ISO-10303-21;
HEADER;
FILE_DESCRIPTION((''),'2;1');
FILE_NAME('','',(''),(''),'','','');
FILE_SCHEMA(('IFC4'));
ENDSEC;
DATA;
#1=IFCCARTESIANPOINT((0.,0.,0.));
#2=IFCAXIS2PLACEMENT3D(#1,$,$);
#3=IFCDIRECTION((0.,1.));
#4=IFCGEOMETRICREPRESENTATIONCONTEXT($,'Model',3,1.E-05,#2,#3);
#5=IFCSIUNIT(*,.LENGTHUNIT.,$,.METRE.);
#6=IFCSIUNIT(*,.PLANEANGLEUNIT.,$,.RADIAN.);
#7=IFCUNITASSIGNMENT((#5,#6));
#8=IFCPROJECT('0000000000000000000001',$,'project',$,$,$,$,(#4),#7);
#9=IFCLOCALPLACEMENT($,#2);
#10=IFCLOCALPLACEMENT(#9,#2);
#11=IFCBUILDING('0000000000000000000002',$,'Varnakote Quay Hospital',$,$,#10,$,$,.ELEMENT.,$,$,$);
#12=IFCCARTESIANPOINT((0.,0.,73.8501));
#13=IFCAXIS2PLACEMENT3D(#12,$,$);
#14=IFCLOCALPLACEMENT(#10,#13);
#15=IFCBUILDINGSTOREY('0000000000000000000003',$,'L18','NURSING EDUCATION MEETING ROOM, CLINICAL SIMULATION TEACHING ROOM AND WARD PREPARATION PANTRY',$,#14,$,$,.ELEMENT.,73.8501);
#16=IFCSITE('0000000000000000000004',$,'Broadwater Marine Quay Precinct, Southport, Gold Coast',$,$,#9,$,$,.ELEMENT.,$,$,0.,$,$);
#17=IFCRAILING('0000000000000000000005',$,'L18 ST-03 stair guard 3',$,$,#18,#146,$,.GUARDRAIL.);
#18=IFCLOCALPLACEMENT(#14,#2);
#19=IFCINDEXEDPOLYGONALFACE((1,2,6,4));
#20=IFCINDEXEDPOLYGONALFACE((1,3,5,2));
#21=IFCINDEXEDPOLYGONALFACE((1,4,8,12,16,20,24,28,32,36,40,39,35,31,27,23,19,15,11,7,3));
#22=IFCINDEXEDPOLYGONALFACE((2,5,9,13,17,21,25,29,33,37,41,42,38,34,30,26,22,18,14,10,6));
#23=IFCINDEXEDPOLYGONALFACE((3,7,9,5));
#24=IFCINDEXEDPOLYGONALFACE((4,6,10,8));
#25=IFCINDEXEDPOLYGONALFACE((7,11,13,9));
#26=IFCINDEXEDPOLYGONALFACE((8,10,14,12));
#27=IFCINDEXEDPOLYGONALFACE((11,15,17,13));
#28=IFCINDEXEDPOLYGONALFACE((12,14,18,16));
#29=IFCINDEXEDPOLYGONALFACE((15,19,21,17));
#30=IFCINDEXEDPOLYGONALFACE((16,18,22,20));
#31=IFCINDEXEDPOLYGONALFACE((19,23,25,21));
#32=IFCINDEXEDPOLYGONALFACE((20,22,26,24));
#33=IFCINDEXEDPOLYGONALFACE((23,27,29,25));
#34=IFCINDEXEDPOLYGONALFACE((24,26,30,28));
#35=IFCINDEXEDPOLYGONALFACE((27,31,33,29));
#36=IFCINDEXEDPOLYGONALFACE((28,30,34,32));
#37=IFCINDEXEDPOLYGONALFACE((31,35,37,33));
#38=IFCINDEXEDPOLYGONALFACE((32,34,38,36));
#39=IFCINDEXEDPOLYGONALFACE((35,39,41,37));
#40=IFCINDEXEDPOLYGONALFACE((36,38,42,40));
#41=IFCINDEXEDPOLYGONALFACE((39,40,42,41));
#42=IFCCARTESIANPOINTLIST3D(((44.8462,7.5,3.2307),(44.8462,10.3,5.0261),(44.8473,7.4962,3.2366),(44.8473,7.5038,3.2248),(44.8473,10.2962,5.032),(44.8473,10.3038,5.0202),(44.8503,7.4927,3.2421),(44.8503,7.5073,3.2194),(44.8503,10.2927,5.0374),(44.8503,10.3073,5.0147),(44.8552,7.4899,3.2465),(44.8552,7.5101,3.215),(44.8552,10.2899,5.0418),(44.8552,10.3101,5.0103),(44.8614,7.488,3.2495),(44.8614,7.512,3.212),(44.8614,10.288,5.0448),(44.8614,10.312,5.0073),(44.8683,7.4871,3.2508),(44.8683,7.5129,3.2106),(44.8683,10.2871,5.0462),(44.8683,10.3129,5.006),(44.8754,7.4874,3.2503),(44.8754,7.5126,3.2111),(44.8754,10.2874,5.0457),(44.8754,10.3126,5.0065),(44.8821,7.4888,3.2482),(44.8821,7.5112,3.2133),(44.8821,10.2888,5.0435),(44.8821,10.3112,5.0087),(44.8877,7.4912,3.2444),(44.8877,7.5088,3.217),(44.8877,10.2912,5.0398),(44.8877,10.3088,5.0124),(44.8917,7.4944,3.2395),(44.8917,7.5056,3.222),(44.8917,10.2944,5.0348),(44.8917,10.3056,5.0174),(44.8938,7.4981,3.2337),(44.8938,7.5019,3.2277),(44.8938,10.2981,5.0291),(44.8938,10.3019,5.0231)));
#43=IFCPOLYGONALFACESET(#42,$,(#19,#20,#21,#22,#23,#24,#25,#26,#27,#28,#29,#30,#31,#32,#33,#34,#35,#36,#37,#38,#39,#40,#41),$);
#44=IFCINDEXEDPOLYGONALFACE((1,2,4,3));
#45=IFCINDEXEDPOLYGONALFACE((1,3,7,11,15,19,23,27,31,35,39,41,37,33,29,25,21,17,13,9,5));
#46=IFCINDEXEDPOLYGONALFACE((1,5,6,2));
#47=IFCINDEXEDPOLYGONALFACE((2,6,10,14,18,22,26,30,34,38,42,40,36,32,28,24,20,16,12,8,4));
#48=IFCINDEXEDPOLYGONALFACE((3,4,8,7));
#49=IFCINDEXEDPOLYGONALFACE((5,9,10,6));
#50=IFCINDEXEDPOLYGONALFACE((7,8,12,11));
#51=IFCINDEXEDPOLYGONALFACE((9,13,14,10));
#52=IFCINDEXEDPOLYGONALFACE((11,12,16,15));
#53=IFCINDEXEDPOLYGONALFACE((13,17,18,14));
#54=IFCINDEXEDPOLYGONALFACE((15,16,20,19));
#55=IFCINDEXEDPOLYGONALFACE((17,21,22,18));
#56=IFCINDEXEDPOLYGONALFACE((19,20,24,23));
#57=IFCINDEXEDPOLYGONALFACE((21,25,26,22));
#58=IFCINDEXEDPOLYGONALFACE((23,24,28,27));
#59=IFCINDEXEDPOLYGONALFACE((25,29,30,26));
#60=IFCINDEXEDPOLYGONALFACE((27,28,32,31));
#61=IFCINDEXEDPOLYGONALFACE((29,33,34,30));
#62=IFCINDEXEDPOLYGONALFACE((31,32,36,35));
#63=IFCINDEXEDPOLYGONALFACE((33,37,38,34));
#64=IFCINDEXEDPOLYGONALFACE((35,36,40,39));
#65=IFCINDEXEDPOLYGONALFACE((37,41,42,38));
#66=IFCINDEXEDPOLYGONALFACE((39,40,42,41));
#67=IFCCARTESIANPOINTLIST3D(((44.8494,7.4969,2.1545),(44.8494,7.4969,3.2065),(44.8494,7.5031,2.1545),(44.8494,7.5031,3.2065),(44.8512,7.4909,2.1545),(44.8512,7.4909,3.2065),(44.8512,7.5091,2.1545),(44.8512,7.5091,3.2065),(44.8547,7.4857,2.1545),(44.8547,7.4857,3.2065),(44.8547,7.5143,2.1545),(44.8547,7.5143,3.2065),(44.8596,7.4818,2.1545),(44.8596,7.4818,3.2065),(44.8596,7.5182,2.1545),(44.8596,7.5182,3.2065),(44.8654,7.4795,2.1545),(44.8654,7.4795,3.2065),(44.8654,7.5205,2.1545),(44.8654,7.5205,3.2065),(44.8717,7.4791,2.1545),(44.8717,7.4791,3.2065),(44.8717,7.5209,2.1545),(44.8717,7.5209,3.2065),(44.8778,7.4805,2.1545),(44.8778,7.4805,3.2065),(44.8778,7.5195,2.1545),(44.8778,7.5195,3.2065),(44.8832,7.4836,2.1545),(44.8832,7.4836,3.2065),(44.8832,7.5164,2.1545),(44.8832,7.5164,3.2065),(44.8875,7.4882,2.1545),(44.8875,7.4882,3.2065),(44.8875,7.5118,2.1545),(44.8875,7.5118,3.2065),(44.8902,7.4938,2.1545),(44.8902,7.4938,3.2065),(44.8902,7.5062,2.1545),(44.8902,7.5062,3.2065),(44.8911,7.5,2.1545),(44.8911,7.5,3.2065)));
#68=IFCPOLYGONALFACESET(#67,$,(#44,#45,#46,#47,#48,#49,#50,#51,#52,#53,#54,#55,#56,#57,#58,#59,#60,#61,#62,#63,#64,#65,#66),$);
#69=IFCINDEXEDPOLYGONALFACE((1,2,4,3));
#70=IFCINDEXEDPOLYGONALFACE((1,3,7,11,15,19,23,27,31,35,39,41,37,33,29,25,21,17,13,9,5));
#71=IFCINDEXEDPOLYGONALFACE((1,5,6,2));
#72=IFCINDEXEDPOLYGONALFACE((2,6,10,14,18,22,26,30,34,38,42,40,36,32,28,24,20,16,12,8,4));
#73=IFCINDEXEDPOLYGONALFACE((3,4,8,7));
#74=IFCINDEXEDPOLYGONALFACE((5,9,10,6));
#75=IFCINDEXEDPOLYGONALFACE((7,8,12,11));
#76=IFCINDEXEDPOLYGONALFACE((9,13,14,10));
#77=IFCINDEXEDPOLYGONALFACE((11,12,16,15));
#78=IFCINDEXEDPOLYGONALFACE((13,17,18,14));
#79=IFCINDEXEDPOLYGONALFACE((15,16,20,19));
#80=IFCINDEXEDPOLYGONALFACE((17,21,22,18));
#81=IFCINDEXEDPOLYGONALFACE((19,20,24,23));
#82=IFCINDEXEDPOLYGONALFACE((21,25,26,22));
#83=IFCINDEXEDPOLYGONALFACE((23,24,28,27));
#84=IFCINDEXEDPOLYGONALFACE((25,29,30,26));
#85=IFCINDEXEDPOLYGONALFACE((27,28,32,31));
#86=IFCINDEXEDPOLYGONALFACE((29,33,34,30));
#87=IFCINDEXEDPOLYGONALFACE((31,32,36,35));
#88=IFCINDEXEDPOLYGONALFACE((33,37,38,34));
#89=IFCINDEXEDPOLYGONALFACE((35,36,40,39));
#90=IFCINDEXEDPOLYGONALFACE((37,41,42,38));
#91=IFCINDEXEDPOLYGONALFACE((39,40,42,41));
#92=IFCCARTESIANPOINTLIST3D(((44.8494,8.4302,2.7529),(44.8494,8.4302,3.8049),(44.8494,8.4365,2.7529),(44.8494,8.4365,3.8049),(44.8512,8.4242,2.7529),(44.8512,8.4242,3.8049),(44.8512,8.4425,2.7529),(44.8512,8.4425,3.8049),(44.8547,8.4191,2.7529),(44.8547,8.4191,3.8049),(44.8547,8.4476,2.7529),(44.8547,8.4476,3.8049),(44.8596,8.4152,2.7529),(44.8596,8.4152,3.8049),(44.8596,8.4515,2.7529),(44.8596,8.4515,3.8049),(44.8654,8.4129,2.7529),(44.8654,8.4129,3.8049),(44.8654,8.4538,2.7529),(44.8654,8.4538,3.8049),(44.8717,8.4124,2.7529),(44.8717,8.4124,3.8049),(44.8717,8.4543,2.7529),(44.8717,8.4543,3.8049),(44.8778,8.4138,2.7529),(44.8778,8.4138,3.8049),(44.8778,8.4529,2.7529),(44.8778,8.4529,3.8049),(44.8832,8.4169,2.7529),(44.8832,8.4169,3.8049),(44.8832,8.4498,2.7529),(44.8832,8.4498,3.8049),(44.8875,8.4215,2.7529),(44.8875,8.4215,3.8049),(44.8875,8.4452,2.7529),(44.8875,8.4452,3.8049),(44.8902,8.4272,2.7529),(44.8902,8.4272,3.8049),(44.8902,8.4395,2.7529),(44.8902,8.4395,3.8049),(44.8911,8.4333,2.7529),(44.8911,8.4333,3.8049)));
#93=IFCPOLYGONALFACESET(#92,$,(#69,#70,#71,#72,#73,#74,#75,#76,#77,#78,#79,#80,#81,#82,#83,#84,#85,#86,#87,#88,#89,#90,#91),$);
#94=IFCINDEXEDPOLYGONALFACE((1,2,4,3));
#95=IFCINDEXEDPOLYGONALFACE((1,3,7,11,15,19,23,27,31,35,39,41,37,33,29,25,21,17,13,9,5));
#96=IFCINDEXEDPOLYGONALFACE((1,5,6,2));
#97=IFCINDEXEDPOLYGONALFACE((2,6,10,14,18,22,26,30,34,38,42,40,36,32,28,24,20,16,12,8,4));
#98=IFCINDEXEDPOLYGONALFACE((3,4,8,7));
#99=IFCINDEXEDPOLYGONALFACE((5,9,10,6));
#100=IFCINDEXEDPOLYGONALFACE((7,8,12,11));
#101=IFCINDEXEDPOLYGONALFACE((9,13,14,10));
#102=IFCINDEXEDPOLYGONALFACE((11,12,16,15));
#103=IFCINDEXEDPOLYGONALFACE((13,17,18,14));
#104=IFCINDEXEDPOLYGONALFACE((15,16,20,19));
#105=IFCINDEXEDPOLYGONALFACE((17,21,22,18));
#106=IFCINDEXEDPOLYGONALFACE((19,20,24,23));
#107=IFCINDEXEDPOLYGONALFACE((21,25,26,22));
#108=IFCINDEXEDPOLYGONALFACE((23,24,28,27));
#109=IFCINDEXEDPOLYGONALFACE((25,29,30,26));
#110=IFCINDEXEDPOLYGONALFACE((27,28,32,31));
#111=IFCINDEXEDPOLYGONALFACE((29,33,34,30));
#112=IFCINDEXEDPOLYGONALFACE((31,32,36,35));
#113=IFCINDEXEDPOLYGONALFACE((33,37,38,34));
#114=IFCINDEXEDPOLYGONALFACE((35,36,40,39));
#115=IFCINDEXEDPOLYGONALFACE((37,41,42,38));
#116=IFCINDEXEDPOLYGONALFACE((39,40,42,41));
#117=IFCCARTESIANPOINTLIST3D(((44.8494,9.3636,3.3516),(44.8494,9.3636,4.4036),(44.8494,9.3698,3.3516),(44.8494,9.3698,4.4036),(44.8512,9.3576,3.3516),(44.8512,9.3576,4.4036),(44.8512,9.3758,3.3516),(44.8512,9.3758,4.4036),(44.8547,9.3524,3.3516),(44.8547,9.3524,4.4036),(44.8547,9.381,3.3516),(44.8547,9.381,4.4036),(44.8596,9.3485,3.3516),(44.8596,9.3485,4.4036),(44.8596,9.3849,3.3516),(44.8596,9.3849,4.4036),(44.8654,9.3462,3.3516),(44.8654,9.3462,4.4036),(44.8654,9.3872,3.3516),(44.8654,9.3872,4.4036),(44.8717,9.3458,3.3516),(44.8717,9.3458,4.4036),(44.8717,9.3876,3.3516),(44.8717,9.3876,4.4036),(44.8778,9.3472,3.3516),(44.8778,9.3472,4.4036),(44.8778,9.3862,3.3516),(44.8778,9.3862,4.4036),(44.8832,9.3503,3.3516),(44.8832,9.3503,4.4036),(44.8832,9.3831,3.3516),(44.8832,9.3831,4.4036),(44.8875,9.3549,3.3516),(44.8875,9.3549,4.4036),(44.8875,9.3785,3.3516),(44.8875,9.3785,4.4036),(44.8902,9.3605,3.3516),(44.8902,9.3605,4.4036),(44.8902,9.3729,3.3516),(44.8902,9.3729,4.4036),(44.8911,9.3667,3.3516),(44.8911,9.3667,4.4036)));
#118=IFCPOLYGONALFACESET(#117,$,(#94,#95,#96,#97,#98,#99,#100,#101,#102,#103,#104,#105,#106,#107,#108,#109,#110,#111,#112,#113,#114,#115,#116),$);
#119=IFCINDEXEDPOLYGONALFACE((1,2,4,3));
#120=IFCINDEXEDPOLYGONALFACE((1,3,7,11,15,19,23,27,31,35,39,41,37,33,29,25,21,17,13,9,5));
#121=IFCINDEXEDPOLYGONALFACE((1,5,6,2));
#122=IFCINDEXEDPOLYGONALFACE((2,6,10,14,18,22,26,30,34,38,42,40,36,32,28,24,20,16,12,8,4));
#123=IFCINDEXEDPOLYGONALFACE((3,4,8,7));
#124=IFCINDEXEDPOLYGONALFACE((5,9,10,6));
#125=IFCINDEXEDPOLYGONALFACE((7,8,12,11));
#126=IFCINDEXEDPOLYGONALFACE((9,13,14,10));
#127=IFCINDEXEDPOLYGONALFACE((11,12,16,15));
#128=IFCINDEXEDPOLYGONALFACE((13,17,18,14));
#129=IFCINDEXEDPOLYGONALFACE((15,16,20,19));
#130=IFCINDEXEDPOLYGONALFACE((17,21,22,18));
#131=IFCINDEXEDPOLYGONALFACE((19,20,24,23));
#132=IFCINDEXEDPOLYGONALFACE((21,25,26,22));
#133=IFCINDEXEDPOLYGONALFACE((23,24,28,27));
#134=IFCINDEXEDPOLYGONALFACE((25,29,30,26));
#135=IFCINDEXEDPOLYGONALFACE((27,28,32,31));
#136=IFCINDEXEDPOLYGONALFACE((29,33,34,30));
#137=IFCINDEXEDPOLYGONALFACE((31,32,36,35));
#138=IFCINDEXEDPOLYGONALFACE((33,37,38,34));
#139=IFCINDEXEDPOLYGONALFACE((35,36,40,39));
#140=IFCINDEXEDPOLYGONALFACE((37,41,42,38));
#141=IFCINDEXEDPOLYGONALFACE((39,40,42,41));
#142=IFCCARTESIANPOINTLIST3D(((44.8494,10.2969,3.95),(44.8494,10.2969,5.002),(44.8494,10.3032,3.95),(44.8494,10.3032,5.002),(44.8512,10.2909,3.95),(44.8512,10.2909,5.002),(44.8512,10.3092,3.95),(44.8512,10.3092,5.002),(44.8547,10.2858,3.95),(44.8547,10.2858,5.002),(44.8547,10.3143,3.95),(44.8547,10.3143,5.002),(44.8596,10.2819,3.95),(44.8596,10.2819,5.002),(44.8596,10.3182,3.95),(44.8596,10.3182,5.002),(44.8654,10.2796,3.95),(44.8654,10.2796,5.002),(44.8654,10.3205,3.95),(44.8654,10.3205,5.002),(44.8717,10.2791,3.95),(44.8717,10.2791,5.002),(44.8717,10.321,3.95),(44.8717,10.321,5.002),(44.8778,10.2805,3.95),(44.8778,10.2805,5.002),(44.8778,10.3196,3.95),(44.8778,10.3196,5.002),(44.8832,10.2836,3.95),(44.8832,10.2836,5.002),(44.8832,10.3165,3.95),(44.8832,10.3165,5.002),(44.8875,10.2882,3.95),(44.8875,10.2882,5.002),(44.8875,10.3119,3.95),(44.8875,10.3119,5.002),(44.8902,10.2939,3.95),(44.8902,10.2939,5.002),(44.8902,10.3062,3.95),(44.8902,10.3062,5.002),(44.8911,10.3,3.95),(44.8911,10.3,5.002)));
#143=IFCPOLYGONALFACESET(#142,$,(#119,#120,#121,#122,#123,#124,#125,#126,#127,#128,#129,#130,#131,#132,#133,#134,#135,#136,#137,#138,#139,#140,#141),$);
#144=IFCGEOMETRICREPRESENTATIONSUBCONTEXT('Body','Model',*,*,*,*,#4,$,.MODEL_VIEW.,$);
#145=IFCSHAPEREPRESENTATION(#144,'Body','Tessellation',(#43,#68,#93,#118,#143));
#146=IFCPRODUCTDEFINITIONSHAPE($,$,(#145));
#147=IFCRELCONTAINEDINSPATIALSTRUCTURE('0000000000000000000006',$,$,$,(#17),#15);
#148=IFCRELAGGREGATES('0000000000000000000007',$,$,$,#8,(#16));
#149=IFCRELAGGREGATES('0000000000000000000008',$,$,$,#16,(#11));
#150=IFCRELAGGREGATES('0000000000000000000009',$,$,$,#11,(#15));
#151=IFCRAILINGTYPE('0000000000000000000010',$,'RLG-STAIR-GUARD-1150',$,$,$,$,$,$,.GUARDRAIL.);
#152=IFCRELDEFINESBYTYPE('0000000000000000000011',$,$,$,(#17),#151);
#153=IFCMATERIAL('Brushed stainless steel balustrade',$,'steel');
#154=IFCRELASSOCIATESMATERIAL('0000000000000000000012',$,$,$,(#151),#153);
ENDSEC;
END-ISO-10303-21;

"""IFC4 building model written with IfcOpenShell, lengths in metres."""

from ifc_helpers import new_model, si_unit, direction, frame, origin, origin_2d, place, context, subcontext, project, spatial, circle, extrude, material, type_object, element, save


model = new_model("IFC4")

# Units and contexts
model_context = context("Model", 3, precision=1e-05, world=origin(), true_north=direction((0.0, 1.0)))
body_context = subcontext(model_context, "Body", "Model", "MODEL_VIEW")
ifc_project = project(units=[si_unit("LENGTHUNIT", "METRE"), si_unit("PLANEANGLEUNIT", "RADIAN")], contexts=[model_context])

# Site, building, storey
site_placement = place(None, origin())
site = spatial("IfcSite", under=ifc_project, at=site_placement, Name="Broadwater Marine Quay Precinct, Southport, Gold Coast", CompositionType="ELEMENT", RefElevation=0.0)
building_placement = place(site_placement, origin())
building = spatial("IfcBuilding", under=site, at=building_placement, Name="Varnakote Quay Hospital", CompositionType="ELEMENT")
storey_placement = place(building_placement, frame((0.0, 0.0, 73.8501)))
storey = spatial("IfcBuildingStorey", under=building, at=storey_placement, Name="L18", Description="NURSING EDUCATION MEETING ROOM, CLINICAL SIMULATION TEACHING ROOM AND WARD PREPARATION PANTRY", CompositionType="ELEMENT", Elevation=73.8501)

# Railing
ifc_material_1 = material(Name="Brushed stainless steel balustrade", Category="steel")
railing_type_1 = type_object("IfcRailingType", Name="RLG-STAIR-GUARD-1150", PredefinedType="GUARDRAIL", material=ifc_material_1)
railing_1_placement = place(storey_placement, frame((44.8701, 7.5, 2.1545)))
element("IfcRailing", 1, at=railing_1_placement, inside=storey, type_object=railing_type_1, Name="L18 ST-03 stair guard 3", PredefinedType="GUARDRAIL", context=body_context, shape_type="SweptSolid", body=[
    extrude(circle(Radius=0.0239, at=origin_2d()), frame((0.0, 0.0, 1.0762), z_axis=(0.0, 0.84181, 0.539774), x_axis=(-1.0, 0.0, 0.0)), (0.0, 0.0, 1.0), 3.3262),
    extrude(circle(Radius=0.021, at=origin_2d()), origin(), (0.0, 0.0, 1.0), 1.052),
    extrude(circle(Radius=0.021, at=origin_2d()), frame((0.0, 0.9333, 0.5984)), (0.0, 0.0, 1.0), 1.052),
    extrude(circle(Radius=0.021, at=origin_2d()), frame((0.0, 1.8667, 1.197)), (0.0, 0.0, 1.0), 1.052),
    extrude(circle(Radius=0.021, at=origin_2d()), frame((0.0, 2.8, 1.7954)), (0.0, 0.0, 1.0), 1.052),
])

save(model, "model.ifc")
